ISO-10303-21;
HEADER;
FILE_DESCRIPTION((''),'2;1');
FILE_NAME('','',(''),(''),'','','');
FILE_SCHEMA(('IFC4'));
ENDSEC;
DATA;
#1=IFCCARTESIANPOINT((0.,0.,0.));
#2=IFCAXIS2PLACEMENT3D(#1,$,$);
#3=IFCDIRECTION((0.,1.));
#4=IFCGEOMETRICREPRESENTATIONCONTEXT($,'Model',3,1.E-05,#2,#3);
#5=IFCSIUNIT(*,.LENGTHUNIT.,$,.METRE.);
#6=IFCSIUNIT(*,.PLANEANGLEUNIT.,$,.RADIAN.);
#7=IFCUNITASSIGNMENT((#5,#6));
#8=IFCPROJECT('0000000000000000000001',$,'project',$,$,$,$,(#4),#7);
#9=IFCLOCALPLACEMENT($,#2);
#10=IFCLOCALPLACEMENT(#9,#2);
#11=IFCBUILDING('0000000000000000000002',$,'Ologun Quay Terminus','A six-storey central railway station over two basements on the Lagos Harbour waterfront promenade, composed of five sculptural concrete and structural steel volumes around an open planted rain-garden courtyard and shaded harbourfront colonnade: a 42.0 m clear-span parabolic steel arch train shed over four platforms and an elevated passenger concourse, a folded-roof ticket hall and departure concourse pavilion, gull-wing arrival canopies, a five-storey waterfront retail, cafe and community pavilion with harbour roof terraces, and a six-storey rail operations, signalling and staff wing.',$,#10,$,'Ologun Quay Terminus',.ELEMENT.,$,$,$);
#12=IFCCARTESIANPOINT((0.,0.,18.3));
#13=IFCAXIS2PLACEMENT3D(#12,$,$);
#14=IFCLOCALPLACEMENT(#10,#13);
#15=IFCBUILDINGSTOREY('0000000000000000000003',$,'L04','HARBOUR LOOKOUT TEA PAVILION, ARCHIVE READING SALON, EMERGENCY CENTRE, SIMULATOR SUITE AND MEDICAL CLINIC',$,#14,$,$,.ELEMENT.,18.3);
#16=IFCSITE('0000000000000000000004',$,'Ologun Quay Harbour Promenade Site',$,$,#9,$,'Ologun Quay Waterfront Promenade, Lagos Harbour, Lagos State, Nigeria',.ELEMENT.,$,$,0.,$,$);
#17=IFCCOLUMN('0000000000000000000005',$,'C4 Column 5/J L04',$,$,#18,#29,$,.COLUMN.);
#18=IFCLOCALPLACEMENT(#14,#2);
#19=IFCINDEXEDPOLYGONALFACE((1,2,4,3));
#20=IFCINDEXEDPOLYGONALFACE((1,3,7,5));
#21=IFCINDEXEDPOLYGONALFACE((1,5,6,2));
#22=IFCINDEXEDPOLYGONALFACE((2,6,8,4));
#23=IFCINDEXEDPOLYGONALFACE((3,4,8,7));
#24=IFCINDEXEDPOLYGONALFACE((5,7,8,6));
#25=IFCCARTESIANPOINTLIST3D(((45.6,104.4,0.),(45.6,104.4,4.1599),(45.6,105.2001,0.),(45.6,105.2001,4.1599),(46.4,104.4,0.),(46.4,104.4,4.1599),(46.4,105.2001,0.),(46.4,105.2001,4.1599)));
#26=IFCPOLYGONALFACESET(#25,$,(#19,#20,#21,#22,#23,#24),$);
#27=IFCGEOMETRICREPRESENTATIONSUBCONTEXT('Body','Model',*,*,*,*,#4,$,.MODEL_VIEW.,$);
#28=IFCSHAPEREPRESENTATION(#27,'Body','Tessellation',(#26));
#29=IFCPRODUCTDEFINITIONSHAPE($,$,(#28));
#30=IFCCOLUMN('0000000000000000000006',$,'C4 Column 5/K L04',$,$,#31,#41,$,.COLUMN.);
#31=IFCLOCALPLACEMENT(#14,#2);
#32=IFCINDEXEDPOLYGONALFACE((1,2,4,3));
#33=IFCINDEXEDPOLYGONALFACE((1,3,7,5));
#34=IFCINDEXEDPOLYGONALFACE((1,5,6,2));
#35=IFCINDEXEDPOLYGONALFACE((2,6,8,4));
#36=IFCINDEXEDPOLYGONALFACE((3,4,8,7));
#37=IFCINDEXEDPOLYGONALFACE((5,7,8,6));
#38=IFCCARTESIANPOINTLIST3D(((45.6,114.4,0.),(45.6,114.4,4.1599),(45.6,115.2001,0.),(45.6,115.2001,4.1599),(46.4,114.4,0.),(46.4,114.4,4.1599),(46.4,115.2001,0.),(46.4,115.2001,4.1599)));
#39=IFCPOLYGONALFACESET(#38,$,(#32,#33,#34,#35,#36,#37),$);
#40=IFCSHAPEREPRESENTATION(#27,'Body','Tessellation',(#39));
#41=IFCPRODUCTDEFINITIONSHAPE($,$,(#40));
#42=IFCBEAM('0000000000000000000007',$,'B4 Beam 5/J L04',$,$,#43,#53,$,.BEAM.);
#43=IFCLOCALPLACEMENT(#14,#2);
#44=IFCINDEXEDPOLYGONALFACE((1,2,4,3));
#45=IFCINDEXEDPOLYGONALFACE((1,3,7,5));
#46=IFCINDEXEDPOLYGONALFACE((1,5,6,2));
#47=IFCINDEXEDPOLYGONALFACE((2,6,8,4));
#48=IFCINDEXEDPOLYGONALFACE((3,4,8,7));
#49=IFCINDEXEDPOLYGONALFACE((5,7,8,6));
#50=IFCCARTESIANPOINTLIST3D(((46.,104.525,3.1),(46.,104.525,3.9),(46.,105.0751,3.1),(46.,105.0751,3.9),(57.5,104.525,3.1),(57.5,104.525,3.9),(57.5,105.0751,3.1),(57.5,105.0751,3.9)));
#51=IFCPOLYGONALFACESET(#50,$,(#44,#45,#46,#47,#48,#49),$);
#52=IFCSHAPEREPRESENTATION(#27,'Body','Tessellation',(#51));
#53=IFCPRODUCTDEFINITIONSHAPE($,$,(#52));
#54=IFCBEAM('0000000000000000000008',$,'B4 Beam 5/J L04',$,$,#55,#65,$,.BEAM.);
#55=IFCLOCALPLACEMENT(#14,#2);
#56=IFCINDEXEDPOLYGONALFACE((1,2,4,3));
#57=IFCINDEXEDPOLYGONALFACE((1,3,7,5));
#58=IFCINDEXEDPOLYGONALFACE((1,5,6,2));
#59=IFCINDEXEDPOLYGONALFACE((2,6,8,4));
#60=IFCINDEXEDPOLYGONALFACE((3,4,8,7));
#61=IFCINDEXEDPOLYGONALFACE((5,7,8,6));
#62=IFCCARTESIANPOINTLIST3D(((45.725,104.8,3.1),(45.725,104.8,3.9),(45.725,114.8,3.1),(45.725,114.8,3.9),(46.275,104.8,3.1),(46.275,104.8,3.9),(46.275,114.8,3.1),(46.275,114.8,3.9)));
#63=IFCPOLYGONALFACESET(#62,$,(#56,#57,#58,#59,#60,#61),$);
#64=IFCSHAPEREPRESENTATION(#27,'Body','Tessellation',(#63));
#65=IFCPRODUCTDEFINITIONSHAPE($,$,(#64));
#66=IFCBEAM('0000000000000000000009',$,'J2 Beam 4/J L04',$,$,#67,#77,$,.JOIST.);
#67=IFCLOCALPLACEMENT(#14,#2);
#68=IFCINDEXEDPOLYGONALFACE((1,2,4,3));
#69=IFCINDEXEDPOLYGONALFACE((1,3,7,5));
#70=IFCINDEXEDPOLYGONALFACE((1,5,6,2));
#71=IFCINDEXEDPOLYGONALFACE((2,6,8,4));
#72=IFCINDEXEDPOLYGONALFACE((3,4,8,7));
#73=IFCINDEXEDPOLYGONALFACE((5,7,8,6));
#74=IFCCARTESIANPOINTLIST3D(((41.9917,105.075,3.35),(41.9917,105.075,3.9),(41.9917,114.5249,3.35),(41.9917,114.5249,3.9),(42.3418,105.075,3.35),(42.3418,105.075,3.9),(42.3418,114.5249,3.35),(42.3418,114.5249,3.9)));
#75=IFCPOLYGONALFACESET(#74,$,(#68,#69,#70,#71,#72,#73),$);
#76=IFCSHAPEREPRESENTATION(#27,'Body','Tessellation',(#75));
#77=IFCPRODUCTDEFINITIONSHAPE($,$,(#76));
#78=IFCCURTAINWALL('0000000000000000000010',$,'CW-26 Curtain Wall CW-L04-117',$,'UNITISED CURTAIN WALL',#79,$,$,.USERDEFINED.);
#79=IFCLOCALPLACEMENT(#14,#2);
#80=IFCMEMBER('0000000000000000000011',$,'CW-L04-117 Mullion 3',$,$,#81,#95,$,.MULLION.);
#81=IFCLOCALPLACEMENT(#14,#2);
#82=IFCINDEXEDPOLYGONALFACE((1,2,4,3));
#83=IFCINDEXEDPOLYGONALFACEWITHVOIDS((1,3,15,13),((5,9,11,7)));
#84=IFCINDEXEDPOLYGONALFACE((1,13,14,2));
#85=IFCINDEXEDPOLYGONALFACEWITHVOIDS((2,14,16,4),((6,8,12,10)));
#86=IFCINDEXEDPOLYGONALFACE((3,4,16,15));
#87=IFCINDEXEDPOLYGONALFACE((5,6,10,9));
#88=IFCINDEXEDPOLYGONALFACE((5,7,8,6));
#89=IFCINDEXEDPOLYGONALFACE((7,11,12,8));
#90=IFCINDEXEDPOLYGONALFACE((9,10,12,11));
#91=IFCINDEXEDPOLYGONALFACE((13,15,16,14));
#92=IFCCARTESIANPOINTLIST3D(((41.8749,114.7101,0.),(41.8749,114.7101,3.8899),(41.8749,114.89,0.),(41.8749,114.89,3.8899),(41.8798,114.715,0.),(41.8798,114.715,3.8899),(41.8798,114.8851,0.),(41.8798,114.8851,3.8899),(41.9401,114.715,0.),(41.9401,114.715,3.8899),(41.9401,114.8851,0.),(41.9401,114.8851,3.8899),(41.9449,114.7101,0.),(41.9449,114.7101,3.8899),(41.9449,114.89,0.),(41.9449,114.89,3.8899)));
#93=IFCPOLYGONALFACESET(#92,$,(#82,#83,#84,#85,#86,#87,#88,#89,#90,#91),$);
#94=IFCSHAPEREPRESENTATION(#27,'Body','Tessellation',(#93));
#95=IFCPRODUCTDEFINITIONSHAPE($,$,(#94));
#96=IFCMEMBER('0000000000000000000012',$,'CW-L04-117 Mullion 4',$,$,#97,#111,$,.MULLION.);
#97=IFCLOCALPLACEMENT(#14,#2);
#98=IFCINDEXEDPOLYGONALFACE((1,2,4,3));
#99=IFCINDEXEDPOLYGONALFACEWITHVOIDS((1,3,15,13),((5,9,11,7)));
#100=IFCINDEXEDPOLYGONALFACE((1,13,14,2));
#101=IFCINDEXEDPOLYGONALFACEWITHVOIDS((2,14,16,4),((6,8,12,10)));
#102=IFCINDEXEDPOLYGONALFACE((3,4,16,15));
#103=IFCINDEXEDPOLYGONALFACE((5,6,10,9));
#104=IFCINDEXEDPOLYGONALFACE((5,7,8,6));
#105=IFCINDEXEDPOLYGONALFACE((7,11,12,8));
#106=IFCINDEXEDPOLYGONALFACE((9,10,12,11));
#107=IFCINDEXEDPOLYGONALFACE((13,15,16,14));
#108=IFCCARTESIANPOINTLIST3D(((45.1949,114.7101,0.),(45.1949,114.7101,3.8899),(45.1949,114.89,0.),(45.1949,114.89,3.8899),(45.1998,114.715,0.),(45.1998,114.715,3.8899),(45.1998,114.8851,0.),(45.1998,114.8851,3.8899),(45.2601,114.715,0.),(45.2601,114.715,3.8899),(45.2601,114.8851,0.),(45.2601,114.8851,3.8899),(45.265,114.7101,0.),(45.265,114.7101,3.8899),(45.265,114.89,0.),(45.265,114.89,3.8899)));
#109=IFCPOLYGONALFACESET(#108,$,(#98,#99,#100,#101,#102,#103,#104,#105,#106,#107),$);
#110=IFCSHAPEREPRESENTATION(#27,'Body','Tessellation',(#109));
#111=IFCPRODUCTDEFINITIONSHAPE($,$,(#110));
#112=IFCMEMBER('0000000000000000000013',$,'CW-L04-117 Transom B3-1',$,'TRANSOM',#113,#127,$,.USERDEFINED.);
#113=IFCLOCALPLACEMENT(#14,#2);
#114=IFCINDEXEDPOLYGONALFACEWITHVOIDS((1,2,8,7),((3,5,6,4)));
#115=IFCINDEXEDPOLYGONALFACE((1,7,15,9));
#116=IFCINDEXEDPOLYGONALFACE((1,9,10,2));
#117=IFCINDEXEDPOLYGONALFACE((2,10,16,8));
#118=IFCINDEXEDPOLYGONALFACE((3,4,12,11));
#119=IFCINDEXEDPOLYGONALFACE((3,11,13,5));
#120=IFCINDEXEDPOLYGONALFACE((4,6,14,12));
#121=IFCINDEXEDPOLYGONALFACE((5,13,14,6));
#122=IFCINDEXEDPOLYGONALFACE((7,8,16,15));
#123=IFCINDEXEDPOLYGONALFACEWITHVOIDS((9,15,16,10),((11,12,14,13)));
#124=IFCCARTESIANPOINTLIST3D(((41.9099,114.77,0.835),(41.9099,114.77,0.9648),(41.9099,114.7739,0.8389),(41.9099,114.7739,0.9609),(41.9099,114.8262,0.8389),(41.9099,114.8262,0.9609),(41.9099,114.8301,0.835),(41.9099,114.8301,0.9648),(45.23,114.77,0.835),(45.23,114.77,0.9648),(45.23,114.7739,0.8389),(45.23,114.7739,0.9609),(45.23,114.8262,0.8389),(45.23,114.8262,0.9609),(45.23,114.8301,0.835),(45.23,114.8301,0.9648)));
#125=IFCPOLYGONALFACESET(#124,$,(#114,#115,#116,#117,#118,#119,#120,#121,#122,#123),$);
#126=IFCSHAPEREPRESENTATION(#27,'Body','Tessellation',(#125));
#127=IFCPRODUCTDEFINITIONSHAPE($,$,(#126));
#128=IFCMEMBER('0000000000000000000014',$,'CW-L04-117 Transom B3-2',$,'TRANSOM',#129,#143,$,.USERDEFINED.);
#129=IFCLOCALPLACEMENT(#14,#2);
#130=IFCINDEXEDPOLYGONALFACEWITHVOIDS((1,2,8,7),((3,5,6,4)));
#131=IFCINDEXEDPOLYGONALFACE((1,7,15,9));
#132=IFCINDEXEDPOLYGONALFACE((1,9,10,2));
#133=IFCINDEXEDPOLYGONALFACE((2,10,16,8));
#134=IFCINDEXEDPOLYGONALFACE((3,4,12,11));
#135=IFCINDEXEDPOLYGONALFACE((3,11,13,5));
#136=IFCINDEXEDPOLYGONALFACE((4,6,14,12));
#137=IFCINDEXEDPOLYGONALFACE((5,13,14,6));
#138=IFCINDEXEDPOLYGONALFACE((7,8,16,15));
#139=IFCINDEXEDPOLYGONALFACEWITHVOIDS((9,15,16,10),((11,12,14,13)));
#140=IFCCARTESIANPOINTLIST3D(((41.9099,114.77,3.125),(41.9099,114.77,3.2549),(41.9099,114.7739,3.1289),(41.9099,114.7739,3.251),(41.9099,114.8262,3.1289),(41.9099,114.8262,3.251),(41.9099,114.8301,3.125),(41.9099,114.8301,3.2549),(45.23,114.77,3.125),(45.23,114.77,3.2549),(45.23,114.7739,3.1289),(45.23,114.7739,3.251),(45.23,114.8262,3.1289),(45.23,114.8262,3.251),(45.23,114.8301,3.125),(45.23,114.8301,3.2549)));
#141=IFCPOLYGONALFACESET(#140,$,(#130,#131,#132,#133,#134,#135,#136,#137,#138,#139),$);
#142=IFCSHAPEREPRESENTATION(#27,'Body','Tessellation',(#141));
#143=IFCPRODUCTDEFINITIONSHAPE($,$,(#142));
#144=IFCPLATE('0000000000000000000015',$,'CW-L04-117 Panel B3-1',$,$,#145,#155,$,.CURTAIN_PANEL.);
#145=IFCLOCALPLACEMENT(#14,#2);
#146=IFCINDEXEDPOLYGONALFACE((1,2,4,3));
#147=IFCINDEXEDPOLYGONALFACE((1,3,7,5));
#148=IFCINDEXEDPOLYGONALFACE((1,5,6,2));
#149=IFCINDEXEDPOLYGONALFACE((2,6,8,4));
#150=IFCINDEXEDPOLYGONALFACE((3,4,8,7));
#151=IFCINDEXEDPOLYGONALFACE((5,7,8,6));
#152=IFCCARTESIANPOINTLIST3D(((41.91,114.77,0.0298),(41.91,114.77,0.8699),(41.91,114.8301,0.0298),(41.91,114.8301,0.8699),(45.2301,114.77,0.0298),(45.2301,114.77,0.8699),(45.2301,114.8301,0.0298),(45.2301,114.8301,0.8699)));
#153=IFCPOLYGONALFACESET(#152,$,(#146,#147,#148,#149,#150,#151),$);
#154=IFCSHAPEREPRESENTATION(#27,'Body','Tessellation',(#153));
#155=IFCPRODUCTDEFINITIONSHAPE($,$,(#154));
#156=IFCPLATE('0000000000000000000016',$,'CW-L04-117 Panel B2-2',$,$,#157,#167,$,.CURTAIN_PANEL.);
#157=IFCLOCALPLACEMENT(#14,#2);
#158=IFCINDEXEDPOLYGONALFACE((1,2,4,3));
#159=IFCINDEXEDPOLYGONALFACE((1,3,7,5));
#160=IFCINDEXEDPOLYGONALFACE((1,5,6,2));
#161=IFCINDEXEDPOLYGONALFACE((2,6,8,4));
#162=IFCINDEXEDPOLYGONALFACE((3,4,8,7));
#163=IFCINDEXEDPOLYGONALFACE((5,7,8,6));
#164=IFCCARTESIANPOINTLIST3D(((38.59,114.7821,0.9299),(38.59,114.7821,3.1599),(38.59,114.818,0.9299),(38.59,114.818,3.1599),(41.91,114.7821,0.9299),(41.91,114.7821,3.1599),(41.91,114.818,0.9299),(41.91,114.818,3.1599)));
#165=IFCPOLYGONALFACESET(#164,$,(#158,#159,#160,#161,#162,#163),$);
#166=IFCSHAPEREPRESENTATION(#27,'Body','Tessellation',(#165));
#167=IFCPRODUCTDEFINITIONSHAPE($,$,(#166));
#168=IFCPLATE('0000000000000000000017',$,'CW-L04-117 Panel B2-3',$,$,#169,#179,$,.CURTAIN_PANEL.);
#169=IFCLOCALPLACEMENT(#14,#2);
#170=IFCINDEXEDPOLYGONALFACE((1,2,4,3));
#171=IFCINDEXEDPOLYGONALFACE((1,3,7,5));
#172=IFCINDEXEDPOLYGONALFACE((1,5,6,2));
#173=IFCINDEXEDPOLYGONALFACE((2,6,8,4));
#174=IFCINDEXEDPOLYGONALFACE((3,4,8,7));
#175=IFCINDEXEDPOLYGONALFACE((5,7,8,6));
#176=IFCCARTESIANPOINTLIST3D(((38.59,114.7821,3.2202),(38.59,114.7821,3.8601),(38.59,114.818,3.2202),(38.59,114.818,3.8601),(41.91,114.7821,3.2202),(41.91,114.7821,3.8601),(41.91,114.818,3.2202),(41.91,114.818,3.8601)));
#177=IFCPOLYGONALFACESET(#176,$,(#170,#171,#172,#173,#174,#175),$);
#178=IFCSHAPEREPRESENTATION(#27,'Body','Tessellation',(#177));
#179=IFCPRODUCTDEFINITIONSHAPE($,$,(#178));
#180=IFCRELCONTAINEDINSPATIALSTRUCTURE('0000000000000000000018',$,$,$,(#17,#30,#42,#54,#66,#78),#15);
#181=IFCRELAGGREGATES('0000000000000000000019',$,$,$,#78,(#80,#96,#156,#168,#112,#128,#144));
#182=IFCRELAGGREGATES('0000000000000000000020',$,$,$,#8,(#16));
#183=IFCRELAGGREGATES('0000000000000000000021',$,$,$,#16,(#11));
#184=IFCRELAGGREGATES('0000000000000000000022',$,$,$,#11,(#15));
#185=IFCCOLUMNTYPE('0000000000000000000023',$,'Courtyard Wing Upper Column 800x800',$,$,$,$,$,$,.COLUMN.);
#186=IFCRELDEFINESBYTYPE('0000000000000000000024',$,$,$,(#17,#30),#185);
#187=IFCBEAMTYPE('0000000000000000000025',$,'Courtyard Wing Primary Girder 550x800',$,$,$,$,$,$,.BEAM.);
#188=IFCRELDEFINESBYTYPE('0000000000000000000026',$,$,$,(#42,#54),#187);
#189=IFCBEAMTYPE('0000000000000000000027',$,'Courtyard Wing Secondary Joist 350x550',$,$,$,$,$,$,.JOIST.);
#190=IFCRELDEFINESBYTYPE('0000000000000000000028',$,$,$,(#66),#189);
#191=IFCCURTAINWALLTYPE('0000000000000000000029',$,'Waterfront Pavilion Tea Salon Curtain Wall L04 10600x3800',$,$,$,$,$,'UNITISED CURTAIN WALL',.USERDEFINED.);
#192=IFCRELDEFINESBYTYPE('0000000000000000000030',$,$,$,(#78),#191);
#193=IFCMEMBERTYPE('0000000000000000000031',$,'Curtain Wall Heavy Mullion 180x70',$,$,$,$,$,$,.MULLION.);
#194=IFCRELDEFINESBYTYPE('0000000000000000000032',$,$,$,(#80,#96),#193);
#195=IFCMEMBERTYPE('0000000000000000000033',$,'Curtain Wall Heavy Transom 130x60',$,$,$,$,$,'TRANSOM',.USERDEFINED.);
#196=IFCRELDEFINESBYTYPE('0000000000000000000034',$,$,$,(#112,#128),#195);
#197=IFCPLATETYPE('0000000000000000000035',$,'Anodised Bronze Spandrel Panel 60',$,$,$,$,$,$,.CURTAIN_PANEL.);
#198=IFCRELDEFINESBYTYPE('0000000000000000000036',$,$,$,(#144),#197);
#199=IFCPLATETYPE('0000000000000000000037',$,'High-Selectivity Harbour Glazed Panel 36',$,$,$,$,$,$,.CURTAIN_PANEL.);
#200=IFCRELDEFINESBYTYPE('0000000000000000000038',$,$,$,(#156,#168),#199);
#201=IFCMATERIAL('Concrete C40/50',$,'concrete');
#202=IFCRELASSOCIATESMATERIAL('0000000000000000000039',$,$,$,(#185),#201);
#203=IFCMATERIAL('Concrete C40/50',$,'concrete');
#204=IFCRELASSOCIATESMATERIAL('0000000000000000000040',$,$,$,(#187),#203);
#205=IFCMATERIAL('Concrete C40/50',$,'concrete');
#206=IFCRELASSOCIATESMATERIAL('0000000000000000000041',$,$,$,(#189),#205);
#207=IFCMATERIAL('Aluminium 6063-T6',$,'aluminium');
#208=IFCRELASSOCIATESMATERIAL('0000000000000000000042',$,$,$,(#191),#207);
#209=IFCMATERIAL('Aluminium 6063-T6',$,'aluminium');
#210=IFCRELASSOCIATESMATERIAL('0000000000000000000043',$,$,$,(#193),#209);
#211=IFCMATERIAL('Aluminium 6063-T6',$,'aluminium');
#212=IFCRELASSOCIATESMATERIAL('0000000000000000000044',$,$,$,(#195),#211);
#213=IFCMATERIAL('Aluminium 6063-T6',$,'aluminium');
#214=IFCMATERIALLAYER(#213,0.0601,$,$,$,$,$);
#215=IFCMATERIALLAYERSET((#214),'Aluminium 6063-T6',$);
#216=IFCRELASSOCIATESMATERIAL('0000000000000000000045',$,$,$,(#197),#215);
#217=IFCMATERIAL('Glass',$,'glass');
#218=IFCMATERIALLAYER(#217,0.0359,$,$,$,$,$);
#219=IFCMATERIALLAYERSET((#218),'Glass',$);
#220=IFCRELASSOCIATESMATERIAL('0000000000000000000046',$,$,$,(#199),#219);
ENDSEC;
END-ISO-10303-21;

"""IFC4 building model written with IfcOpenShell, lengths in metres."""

from ifc_helpers import new_model, si_unit, direction, frame, origin, origin_2d, place, context, subcontext, project, spatial, rectangle, hollow_rectangle, extrude, material, layer, layer_set, material_profile, profile_set, type_object, element, aggregate, save


model = new_model("IFC4")

# Units and contexts
model_context = context("Model", 3, precision=1e-05, world=origin(), true_north=direction((0.0, 1.0)))
body_context = subcontext(model_context, "Body", "Model", "MODEL_VIEW")
ifc_project = project(units=[si_unit("LENGTHUNIT", "METRE"), si_unit("PLANEANGLEUNIT", "RADIAN")], contexts=[model_context])

# Site, building, storey
site_placement = place(None, origin())
site = spatial("IfcSite", under=ifc_project, at=site_placement, Name="Ologun Quay Harbour Promenade Site", LongName="Ologun Quay Waterfront Promenade, Lagos Harbour, Lagos State, Nigeria", CompositionType="ELEMENT", RefElevation=0.0)
building_placement = place(site_placement, origin())
building = spatial("IfcBuilding", under=site, at=building_placement, Name="Ologun Quay Terminus", Description="A six-storey central railway station over two basements on the Lagos Harbour waterfront promenade, composed of five sculptural concrete and structural steel volumes around an open planted rain-garden courtyard and shaded harbourfront colonnade: a 42.0 m clear-span parabolic steel arch train shed over four platforms and an elevated passenger concourse, a folded-roof ticket hall and departure concourse pavilion, gull-wing arrival canopies, a five-storey waterfront retail, cafe and community pavilion with harbour roof terraces, and a six-storey rail operations, signalling and staff wing.", LongName="Ologun Quay Terminus", CompositionType="ELEMENT")
storey_placement = place(building_placement, frame((0.0, 0.0, 18.3)))
storey = spatial("IfcBuildingStorey", under=building, at=storey_placement, Name="L04", Description="HARBOUR LOOKOUT TEA PAVILION, ARCHIVE READING SALON, EMERGENCY CENTRE, SIMULATOR SUITE AND MEDICAL CLINIC", CompositionType="ELEMENT", Elevation=18.3)

# Columns
ifc_material_1 = material(Name="Concrete C40/50", Category="concrete")
ifc_material_profile_1 = material_profile(ifc_material_1, rectangle(XDim=0.8, YDim=0.8, at=origin_2d()), Name="RC 800x800")
ifc_profile_set_1 = profile_set([ifc_material_profile_1], Name="Concrete C40/50")
column_type = type_object("IfcColumnType", Name="Courtyard Wing Upper Column 800x800", PredefinedType="COLUMN", material=ifc_profile_set_1)
for number, where, z_axis, x_axis, name in (
    (1, (46.0, 104.8, 0.0), (0.0, 0.0, 1.0), (1.0, 0.0, 0.0), "C4 Column 5/J L04"),
    (2, (46.0, 114.8, 0.0), (0.0, 0.0, 1.0), (1.0, 0.0, 0.0), "C4 Column 5/K L04"),
):
    element("IfcColumn", number, at=place(storey_placement, frame(where, z_axis=z_axis, x_axis=x_axis)), inside=storey, type_object=column_type, Name=name, PredefinedType="COLUMN", context=body_context, shape_type="SweptSolid", body=[
        extrude(rectangle(XDim=0.8, YDim=0.8, at=origin_2d()), origin(), (0.0, 0.0, 1.0), 4.1599),
    ])

# Beams
ifc_material_2 = material(Name="Concrete C40/50", Category="concrete")
ifc_material_profile_2 = material_profile(ifc_material_2, rectangle(XDim=0.55, YDim=0.8, at=origin_2d()), Name="RC 550x800")
ifc_profile_set_2 = profile_set([ifc_material_profile_2], Name="Concrete C40/50")
beam_type_1 = type_object("IfcBeamType", Name="Courtyard Wing Primary Girder 550x800", PredefinedType="BEAM", material=ifc_profile_set_2)
beam_1_placement = place(storey_placement, frame((46.0, 104.8, 3.5), z_axis=(1.0, 0.0, 0.0), x_axis=(0.0, 1.0, 0.0)))
element("IfcBeam", 3, at=beam_1_placement, inside=storey, type_object=beam_type_1, Name="B4 Beam 5/J L04", PredefinedType="BEAM", context=body_context, shape_type="SweptSolid", body=[
    extrude(rectangle(XDim=0.55, YDim=0.8, at=origin_2d()), origin(), (0.0, 0.0, 1.0), 11.5),
])
beam_2_placement = place(storey_placement, frame((46.0, 104.8, 3.5), z_axis=(0.0, 1.0, 0.0), x_axis=(-1.0, 0.0, 0.0)))
element("IfcBeam", 4, at=beam_2_placement, inside=storey, type_object=beam_type_1, Name="B4 Beam 5/J L04", PredefinedType="BEAM", context=body_context, shape_type="SweptSolid", body=[
    extrude(rectangle(XDim=0.55, YDim=0.8, at=origin_2d()), origin(), (0.0, 0.0, 1.0), 10.0),
])
ifc_material_3 = material(Name="Concrete C40/50", Category="concrete")
ifc_material_profile_3 = material_profile(ifc_material_3, rectangle(XDim=0.3501, YDim=0.55, at=origin_2d()), Name="RC 350x550")
ifc_profile_set_3 = profile_set([ifc_material_profile_3], Name="Concrete C40/50")
beam_type_2 = type_object("IfcBeamType", Name="Courtyard Wing Secondary Joist 350x550", PredefinedType="JOIST", material=ifc_profile_set_3)
beam_3_placement = place(storey_placement, frame((42.1667, 105.075, 3.625), z_axis=(0.0, 1.0, 0.0), x_axis=(-1.0, 0.0, 0.0)))
element("IfcBeam", 5, at=beam_3_placement, inside=storey, type_object=beam_type_2, Name="J2 Beam 4/J L04", PredefinedType="JOIST", context=body_context, shape_type="SweptSolid", body=[
    extrude(rectangle(XDim=0.3501, YDim=0.55, at=origin_2d()), origin(), (0.0, 0.0, 1.0), 9.45),
])

# Curtain wall, members, plates
ifc_material_4 = material(Name="Aluminium 6063-T6", Category="aluminium")
curtain_wall_type = type_object("IfcCurtainWallType", Name="Waterfront Pavilion Tea Salon Curtain Wall L04 10600x3800", ElementType="UNITISED CURTAIN WALL", PredefinedType="USERDEFINED", material=ifc_material_4)
curtain_wall_placement = place(storey_placement, origin())
curtain_wall = element("IfcCurtainWall", 6, at=curtain_wall_placement, inside=storey, type_object=curtain_wall_type, Name="CW-26 Curtain Wall CW-L04-117", ObjectType="UNITISED CURTAIN WALL", PredefinedType="USERDEFINED")
ifc_material_5 = material(Name="Aluminium 6063-T6", Category="aluminium")
ifc_material_profile_4 = material_profile(ifc_material_5, hollow_rectangle(XDim=0.0701, YDim=0.1799, WallThickness=0.0049, at=origin_2d()), Name="ALU 180x70x5")
ifc_profile_set_4 = profile_set([ifc_material_profile_4], Name="Aluminium 6063-T6")
member_type_1 = type_object("IfcMemberType", Name="Curtain Wall Heavy Mullion 180x70", PredefinedType="MULLION", material=ifc_profile_set_4)
member_1_placement = place(storey_placement, frame((41.9099, 114.8, 0.0), z_axis=(0.0, 0.0, 1.0), x_axis=(1.0, 0.0, 0.0)))
member_1 = element("IfcMember", 7, at=member_1_placement, type_object=member_type_1, Name="CW-L04-117 Mullion 3", PredefinedType="MULLION", context=body_context, shape_type="SweptSolid", body=[
    extrude(hollow_rectangle(XDim=0.0701, YDim=0.1799, WallThickness=0.0049, at=origin_2d()), origin(), (0.0, 0.0, 1.0), 3.8899),
])
member_2_placement = place(storey_placement, frame((45.23, 114.8, 0.0), z_axis=(0.0, 0.0, 1.0), x_axis=(1.0, 0.0, 0.0)))
member_2 = element("IfcMember", 8, at=member_2_placement, type_object=member_type_1, Name="CW-L04-117 Mullion 4", PredefinedType="MULLION", context=body_context, shape_type="SweptSolid", body=[
    extrude(hollow_rectangle(XDim=0.0701, YDim=0.1799, WallThickness=0.0049, at=origin_2d()), origin(), (0.0, 0.0, 1.0), 3.8899),
])
ifc_material_6 = material(Name="Aluminium 6063-T6", Category="aluminium")
ifc_material_profile_5 = material_profile(ifc_material_6, hollow_rectangle(XDim=0.0601, YDim=0.1299, WallThickness=0.0039, at=origin_2d()), Name="ALU 130x60x4")
ifc_profile_set_5 = profile_set([ifc_material_profile_5], Name="Aluminium 6063-T6")
member_type_2 = type_object("IfcMemberType", Name="Curtain Wall Heavy Transom 130x60", ElementType="TRANSOM", PredefinedType="USERDEFINED", material=ifc_profile_set_5)
member_3_placement = place(storey_placement, frame((41.9099, 114.8, 0.8999), z_axis=(1.0, 0.0, 0.0), x_axis=(0.0, 1.0, 0.0)))
member_3 = element("IfcMember", 9, at=member_3_placement, type_object=member_type_2, Name="CW-L04-117 Transom B3-1", ObjectType="TRANSOM", PredefinedType="USERDEFINED", context=body_context, shape_type="SweptSolid", body=[
    extrude(hollow_rectangle(XDim=0.0601, YDim=0.1299, WallThickness=0.0039, at=origin_2d()), origin(), (0.0, 0.0, 1.0), 3.3201),
])
member_4_placement = place(storey_placement, frame((41.9099, 114.8, 3.1899), z_axis=(1.0, 0.0, 0.0), x_axis=(0.0, 1.0, 0.0)))
member_4 = element("IfcMember", 10, at=member_4_placement, type_object=member_type_2, Name="CW-L04-117 Transom B3-2", ObjectType="TRANSOM", PredefinedType="USERDEFINED", context=body_context, shape_type="SweptSolid", body=[
    extrude(hollow_rectangle(XDim=0.0601, YDim=0.1299, WallThickness=0.0039, at=origin_2d()), origin(), (0.0, 0.0, 1.0), 3.3201),
])
ifc_material_7 = material(Name="Aluminium 6063-T6", Category="aluminium")
ifc_layer_1 = layer(ifc_material_7, 0.0601)
ifc_layer_set_1 = layer_set([ifc_layer_1], Name="Aluminium 6063-T6")
plate_type_1 = type_object("IfcPlateType", Name="Anodised Bronze Spandrel Panel 60", PredefinedType="CURTAIN_PANEL", material=ifc_layer_set_1)
plate_1_placement = place(storey_placement, frame((43.5701, 114.8, 0.0298), z_axis=(0.0, 0.0, 1.0), x_axis=(1.0, 0.0, 0.0)))
plate_1 = element("IfcPlate", 11, at=plate_1_placement, type_object=plate_type_1, Name="CW-L04-117 Panel B3-1", PredefinedType="CURTAIN_PANEL", context=body_context, shape_type="SweptSolid", body=[
    extrude(rectangle(XDim=3.3201, YDim=0.0601, at=origin_2d()), origin(), (0.0, 0.0, 1.0), 0.8401),
])
ifc_material_8 = material(Name="Glass", Category="glass")
ifc_layer_2 = layer(ifc_material_8, 0.0359)
ifc_layer_set_2 = layer_set([ifc_layer_2], Name="Glass")
plate_type_2 = type_object("IfcPlateType", Name="High-Selectivity Harbour Glazed Panel 36", PredefinedType="CURTAIN_PANEL", material=ifc_layer_set_2)
plate_2_placement = place(storey_placement, frame((40.25, 114.8, 0.9299), z_axis=(0.0, 0.0, 1.0), x_axis=(1.0, 0.0, 0.0)))
plate_2 = element("IfcPlate", 12, at=plate_2_placement, type_object=plate_type_2, Name="CW-L04-117 Panel B2-2", PredefinedType="CURTAIN_PANEL", context=body_context, shape_type="SweptSolid", body=[
    extrude(rectangle(XDim=3.3201, YDim=0.0359, at=origin_2d()), origin(), (0.0, 0.0, 1.0), 2.23),
])
plate_3_placement = place(storey_placement, frame((40.25, 114.8, 3.2202), z_axis=(0.0, 0.0, 1.0), x_axis=(1.0, 0.0, 0.0)))
plate_3 = element("IfcPlate", 13, at=plate_3_placement, type_object=plate_type_2, Name="CW-L04-117 Panel B2-3", PredefinedType="CURTAIN_PANEL", context=body_context, shape_type="SweptSolid", body=[
    extrude(rectangle(XDim=3.3201, YDim=0.0359, at=origin_2d()), origin(), (0.0, 0.0, 1.0), 0.6399),
])
aggregate(curtain_wall, [member_1, member_2, plate_2, plate_3, member_3, member_4, plate_1])

save(model, "model.ifc")
